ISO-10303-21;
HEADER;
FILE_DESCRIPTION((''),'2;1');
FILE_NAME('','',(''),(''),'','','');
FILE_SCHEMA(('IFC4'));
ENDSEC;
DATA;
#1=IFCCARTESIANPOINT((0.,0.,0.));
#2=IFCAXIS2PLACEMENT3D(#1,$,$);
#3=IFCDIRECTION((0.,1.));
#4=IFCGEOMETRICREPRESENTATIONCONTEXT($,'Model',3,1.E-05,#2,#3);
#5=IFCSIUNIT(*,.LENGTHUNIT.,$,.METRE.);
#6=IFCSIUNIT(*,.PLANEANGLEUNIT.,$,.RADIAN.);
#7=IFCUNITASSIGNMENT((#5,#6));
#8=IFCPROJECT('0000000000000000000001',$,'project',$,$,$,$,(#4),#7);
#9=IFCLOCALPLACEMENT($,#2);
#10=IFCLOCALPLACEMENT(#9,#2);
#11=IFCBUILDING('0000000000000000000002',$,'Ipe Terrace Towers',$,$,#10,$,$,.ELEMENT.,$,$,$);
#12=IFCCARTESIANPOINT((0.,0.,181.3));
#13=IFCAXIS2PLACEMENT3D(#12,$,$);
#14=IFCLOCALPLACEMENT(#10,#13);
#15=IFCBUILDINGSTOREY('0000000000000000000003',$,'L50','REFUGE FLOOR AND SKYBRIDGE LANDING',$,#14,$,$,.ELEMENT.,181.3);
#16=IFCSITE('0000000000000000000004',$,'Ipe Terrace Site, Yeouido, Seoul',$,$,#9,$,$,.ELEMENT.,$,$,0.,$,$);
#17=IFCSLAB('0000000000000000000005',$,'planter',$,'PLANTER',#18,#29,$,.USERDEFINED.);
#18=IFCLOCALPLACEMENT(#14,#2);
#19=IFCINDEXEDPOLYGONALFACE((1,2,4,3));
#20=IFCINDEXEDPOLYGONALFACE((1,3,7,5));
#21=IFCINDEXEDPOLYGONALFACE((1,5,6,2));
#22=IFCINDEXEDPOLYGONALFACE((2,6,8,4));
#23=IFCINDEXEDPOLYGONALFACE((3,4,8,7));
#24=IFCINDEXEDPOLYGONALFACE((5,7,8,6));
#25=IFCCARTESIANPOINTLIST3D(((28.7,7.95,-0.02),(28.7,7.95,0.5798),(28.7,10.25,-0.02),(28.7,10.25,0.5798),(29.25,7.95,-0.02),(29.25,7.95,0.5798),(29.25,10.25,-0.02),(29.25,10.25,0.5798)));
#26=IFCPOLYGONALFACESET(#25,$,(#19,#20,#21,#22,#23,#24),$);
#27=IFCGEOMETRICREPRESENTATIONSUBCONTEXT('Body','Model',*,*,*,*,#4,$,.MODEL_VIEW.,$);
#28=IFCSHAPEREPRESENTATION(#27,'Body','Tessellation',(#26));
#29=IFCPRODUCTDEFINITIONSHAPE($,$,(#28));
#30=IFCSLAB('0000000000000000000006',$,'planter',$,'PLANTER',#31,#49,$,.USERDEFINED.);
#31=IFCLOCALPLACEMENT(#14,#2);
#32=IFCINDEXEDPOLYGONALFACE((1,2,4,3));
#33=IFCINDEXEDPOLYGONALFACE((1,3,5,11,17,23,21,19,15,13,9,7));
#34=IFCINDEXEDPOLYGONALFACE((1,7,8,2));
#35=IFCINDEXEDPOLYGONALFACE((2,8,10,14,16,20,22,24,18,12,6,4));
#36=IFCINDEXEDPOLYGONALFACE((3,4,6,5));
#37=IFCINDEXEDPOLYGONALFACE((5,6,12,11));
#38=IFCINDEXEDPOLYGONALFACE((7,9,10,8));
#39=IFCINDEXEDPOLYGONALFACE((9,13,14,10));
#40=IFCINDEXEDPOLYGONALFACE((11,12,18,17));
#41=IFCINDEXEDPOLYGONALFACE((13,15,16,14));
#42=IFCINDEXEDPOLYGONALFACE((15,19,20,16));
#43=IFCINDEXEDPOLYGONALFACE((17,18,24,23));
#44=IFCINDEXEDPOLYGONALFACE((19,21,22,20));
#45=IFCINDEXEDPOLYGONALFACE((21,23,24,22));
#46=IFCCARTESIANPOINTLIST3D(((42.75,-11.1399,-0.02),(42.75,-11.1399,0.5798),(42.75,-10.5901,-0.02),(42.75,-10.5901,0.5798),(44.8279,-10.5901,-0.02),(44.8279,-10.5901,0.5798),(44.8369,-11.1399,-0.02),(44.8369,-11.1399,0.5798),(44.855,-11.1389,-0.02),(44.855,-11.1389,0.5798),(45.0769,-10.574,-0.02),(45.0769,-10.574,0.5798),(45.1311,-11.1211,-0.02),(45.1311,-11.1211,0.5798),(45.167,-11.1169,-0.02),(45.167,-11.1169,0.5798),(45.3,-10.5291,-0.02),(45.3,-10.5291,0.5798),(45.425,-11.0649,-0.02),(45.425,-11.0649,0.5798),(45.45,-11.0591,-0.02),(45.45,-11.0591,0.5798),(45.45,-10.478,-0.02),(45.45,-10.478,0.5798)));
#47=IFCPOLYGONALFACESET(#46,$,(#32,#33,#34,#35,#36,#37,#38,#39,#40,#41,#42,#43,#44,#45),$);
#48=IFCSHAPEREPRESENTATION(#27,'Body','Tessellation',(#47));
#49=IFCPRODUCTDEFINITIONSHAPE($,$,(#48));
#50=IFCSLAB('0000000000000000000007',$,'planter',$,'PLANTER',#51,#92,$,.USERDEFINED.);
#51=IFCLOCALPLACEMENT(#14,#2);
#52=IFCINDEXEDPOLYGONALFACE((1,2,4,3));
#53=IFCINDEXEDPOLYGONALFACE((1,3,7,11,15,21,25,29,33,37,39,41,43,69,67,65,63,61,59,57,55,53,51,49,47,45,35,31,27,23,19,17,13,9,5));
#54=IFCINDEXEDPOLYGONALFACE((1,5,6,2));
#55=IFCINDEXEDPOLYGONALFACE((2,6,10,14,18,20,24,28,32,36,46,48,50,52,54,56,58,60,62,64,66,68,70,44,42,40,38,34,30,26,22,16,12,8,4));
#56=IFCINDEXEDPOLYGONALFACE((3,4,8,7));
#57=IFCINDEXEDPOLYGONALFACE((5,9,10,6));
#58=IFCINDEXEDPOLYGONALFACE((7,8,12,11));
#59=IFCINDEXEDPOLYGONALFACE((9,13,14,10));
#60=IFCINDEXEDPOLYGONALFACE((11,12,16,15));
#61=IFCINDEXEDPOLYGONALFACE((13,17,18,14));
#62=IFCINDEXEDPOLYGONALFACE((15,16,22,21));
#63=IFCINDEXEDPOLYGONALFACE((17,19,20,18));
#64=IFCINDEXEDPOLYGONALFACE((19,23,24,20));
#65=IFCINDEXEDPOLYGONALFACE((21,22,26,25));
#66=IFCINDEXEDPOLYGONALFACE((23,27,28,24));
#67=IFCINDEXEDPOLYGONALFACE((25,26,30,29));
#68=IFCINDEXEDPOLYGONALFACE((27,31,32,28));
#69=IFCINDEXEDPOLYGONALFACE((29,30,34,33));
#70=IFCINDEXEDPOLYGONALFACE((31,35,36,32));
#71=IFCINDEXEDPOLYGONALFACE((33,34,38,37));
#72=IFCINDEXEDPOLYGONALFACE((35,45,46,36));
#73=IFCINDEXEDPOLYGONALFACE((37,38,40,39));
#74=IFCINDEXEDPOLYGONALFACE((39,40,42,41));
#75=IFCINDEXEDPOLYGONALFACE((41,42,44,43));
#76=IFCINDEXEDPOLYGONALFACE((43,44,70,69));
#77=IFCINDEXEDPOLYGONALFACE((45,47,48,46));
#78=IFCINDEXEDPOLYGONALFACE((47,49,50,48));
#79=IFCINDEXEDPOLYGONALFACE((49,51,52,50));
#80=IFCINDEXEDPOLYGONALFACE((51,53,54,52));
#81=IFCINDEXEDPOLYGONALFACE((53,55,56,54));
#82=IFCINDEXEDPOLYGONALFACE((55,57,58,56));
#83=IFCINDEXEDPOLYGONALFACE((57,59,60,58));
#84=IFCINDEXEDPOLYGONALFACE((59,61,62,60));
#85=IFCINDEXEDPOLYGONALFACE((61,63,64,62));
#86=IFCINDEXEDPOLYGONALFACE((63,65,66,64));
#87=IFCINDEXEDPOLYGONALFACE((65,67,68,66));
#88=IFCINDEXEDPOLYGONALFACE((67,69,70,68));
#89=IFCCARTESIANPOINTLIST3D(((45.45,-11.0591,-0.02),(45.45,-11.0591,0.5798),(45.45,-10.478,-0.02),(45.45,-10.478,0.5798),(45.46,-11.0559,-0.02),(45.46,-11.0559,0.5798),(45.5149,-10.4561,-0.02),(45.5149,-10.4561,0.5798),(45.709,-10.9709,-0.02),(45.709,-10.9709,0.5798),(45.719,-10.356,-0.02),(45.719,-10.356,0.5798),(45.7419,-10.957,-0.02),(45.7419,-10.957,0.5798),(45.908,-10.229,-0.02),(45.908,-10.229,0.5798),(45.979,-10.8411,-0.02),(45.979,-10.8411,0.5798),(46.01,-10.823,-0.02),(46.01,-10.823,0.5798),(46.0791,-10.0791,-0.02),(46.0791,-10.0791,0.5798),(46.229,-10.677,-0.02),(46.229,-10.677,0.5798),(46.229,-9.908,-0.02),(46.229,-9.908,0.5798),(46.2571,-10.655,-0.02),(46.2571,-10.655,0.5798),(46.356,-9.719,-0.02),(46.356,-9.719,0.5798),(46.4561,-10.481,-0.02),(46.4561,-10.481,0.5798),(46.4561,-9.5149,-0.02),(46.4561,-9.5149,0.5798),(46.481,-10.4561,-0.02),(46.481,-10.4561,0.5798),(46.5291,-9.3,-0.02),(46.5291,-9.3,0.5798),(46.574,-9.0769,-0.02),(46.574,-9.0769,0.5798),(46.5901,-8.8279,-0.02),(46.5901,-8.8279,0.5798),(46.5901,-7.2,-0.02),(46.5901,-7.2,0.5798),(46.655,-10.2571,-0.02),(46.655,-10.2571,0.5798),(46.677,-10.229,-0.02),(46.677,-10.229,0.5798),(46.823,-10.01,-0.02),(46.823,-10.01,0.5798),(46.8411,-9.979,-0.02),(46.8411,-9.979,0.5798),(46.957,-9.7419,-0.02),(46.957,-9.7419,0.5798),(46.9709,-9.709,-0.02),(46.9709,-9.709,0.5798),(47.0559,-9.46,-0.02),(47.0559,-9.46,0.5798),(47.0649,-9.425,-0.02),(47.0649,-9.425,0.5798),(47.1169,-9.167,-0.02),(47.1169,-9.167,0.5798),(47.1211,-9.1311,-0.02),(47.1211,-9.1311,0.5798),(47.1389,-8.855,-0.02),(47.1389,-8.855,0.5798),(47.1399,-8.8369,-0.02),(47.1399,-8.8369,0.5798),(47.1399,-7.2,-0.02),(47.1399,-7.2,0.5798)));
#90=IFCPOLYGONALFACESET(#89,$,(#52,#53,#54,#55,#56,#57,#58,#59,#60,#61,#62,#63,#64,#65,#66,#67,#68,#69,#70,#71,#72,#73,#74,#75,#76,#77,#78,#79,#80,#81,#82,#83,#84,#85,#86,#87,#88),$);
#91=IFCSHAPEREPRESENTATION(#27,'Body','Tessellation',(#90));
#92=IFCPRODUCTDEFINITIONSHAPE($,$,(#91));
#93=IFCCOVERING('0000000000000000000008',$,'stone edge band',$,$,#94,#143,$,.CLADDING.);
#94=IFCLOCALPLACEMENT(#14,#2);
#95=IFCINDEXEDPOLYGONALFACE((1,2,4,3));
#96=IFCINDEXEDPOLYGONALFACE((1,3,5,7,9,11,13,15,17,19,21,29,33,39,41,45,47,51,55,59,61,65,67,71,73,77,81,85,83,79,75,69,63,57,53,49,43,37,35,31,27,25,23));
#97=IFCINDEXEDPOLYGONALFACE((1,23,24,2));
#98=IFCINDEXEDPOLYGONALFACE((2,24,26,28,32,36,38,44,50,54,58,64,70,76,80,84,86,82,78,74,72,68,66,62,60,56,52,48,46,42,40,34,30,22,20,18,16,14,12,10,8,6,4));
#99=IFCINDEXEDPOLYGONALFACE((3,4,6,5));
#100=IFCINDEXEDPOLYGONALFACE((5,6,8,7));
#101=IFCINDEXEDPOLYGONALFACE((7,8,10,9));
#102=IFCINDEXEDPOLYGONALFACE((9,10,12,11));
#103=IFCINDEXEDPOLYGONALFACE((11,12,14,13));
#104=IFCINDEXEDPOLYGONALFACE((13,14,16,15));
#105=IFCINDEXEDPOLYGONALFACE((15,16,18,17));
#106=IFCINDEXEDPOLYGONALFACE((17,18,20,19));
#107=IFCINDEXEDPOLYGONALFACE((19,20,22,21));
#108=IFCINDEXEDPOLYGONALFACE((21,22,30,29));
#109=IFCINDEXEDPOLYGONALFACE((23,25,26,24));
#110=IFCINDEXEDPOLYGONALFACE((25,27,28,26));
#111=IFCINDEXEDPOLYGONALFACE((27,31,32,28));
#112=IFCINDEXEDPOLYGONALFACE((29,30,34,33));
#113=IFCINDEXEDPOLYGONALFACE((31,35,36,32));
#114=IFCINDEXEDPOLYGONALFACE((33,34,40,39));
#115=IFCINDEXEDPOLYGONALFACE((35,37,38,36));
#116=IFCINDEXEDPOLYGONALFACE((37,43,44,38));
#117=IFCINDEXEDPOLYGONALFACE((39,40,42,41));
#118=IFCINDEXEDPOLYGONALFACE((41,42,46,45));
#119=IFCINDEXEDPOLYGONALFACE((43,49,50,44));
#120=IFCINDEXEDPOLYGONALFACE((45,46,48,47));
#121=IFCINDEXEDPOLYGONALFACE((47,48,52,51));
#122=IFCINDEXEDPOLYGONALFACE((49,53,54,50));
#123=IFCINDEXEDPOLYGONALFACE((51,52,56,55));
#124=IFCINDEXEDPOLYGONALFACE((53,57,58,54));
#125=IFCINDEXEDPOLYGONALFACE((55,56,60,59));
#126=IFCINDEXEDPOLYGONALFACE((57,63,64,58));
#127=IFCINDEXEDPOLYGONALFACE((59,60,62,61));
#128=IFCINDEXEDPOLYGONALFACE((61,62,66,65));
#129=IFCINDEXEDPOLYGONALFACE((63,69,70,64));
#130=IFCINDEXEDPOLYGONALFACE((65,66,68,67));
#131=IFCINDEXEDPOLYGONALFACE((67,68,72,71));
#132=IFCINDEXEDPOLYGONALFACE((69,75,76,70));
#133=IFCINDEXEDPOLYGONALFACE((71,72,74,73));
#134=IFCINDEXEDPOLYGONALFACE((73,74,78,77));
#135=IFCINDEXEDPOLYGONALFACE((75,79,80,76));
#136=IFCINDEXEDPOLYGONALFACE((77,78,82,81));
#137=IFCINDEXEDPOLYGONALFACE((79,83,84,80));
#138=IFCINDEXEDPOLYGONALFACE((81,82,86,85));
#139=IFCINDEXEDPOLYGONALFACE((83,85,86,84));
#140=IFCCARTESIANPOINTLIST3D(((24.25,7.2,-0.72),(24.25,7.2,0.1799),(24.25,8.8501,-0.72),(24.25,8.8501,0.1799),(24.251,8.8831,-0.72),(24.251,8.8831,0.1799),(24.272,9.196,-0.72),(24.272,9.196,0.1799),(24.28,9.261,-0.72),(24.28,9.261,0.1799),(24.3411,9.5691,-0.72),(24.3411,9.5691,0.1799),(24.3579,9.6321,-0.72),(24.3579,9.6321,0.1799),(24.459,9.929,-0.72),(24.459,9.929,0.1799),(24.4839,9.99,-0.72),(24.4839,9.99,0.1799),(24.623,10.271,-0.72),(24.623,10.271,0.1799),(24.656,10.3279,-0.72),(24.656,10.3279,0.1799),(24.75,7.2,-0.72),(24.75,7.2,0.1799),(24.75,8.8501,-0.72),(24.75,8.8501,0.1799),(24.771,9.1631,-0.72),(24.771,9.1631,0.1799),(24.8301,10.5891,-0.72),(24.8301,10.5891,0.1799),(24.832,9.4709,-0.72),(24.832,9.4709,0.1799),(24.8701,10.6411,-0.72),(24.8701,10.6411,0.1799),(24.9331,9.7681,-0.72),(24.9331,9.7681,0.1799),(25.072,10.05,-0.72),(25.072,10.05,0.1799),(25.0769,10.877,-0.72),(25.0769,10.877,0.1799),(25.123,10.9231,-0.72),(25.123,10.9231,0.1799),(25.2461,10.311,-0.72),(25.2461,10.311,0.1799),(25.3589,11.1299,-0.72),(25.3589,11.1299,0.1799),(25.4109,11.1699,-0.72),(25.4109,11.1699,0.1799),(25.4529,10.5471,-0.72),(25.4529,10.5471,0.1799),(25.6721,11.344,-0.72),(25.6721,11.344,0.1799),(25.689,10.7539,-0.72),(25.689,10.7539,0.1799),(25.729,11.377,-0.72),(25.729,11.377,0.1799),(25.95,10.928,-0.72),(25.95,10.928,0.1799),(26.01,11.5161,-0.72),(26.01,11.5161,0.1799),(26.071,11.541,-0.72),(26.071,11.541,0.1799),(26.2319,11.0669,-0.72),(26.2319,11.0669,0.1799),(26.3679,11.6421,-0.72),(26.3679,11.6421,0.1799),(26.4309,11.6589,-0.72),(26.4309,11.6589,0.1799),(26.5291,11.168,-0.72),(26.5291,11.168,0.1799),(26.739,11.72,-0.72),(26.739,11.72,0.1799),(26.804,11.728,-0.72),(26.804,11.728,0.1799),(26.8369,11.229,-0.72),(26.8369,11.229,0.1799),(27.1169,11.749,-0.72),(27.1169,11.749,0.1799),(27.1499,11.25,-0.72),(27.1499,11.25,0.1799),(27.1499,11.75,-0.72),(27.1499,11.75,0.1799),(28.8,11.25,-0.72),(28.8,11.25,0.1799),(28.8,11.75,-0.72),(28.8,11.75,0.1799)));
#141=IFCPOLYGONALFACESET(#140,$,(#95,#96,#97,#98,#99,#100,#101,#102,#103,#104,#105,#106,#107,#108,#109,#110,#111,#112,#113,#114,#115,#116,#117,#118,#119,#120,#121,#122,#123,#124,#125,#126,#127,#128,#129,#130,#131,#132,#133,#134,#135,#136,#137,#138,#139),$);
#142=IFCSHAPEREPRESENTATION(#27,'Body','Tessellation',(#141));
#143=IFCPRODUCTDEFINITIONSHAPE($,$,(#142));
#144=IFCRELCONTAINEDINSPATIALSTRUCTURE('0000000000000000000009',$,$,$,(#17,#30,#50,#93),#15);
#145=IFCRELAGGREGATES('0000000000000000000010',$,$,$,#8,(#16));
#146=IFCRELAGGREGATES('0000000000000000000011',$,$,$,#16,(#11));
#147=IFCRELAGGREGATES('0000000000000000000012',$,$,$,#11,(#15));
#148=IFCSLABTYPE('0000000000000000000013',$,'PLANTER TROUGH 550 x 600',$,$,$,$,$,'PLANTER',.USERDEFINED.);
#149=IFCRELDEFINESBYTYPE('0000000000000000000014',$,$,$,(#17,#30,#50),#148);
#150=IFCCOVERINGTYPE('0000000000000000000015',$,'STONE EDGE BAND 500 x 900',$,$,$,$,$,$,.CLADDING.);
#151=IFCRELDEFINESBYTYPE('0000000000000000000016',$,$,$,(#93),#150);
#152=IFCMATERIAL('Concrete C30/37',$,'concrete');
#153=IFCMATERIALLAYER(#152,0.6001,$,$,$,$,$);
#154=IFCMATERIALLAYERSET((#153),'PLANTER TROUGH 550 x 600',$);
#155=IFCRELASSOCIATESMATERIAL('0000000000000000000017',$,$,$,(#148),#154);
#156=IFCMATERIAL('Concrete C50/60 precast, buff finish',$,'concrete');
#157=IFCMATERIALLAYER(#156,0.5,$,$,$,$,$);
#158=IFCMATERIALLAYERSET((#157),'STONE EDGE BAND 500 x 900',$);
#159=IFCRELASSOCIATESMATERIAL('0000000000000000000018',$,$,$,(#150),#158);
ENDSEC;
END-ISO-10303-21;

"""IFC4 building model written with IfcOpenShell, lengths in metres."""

from ifc_helpers import new_model, si_unit, direction, frame, origin, place, context, subcontext, project, spatial, polyline, outline, extrude, material, layer, layer_set, type_object, element, save


model = new_model("IFC4")

# Units and contexts
model_context = context("Model", 3, precision=1e-05, world=origin(), true_north=direction((0.0, 1.0)))
body_context = subcontext(model_context, "Body", "Model", "MODEL_VIEW")
ifc_project = project(units=[si_unit("LENGTHUNIT", "METRE"), si_unit("PLANEANGLEUNIT", "RADIAN")], contexts=[model_context])

# Site, building, storey
site_placement = place(None, origin())
site = spatial("IfcSite", under=ifc_project, at=site_placement, Name="Ipe Terrace Site, Yeouido, Seoul", CompositionType="ELEMENT", RefElevation=0.0)
building_placement = place(site_placement, origin())
building = spatial("IfcBuilding", under=site, at=building_placement, Name="Ipe Terrace Towers", CompositionType="ELEMENT")
storey_placement = place(building_placement, frame((0.0, 0.0, 181.3)))
storey = spatial("IfcBuildingStorey", under=building, at=storey_placement, Name="L50", Description="REFUGE FLOOR AND SKYBRIDGE LANDING", CompositionType="ELEMENT", Elevation=181.3)

# Slabs
ifc_material_1 = material(Name="Concrete C30/37", Category="concrete")
ifc_layer_1 = layer(ifc_material_1, 0.6001)
ifc_layer_set_1 = layer_set([ifc_layer_1], Name="PLANTER TROUGH 550 x 600")
slab_type_1 = type_object("IfcSlabType", Name="PLANTER TROUGH 550 x 600", ElementType="PLANTER", PredefinedType="USERDEFINED", material=ifc_layer_set_1)
slab_1_placement = place(storey_placement, frame((0.0, 0.0, -0.02)))
element("IfcSlab", 1, at=slab_1_placement, inside=storey, type_object=slab_type_1, Name="planter", ObjectType="PLANTER", PredefinedType="USERDEFINED", context=body_context, shape_type="SweptSolid", body=[
    extrude(outline(polyline([(29.25, 7.95), (29.25, 10.25), (28.7, 10.25), (28.7, 7.95), (29.25, 7.95)])), origin(), (0.0, 0.0, 1.0), 0.5999),
])
slab_2_placement = place(storey_placement, frame((0.0, 0.0, -0.02)))
element("IfcSlab", 2, at=slab_2_placement, inside=storey, type_object=slab_type_1, Name="planter", ObjectType="PLANTER", PredefinedType="USERDEFINED", context=body_context, shape_type="SweptSolid", body=[
    extrude(outline(polyline([(45.3, -10.5291), (45.0769, -10.574), (44.8279, -10.5901), (42.75, -10.5901), (42.75, -11.1399), (44.8369, -11.1399), (44.855, -11.1389), (45.1311, -11.1211), (45.167, -11.1169), (45.425, -11.0649), (45.45, -11.0591), (45.45, -10.478), (45.3, -10.5291)])), origin(), (0.0, 0.0, 1.0), 0.5999),
])
slab_3_placement = place(storey_placement, frame((0.0, 0.0, -0.02)))
element("IfcSlab", 3, at=slab_3_placement, inside=storey, type_object=slab_type_1, Name="planter", ObjectType="PLANTER", PredefinedType="USERDEFINED", context=body_context, shape_type="SweptSolid", body=[
    extrude(outline(polyline([(45.5149, -10.4561), (45.45, -10.478), (45.45, -11.0591), (45.46, -11.0559), (45.709, -10.9709), (45.7419, -10.957), (45.979, -10.8411), (46.01, -10.823), (46.229, -10.677), (46.2571, -10.655), (46.4561, -10.481), (46.481, -10.4561), (46.655, -10.2571), (46.677, -10.229), (46.823, -10.01), (46.8411, -9.979), (46.957, -9.7419), (46.9709, -9.709), (47.0559, -9.46), (47.0649, -9.425), (47.1169, -9.167), (47.1211, -9.1311), (47.1389, -8.855), (47.1399, -8.8369), (47.1399, -7.2), (46.5901, -7.2), (46.5901, -8.8279), (46.574, -9.0769), (46.5291, -9.3), (46.4561, -9.5149), (46.356, -9.719), (46.229, -9.908), (46.0791, -10.0791), (45.908, -10.229), (45.719, -10.356), (45.5149, -10.4561)])), origin(), (0.0, 0.0, 1.0), 0.5999),
])

# Covering
ifc_material_2 = material(Name="Concrete C50/60 precast, buff finish", Category="concrete")
ifc_layer_2 = layer(ifc_material_2, 0.5)
ifc_layer_set_2 = layer_set([ifc_layer_2], Name="STONE EDGE BAND 500 x 900")
covering_type = type_object("IfcCoveringType", Name="STONE EDGE BAND 500 x 900", PredefinedType="CLADDING", material=ifc_layer_set_2)
covering_1_placement = place(storey_placement, frame((0.0, 0.0, -0.72)))
element("IfcCovering", 4, at=covering_1_placement, inside=storey, type_object=covering_type, Name="stone edge band", PredefinedType="CLADDING", context=body_context, shape_type="SweptSolid", body=[
    extrude(outline(polyline([(24.25, 8.8501), (24.25, 7.2), (24.75, 7.2), (24.75, 8.8501), (24.771, 9.1631), (24.832, 9.4709), (24.9331, 9.7681), (25.072, 10.05), (25.2461, 10.311), (25.4529, 10.5471), (25.689, 10.7539), (25.95, 10.928), (26.2319, 11.0669), (26.5291, 11.168), (26.8369, 11.229), (27.1499, 11.25), (28.8, 11.25), (28.8, 11.75), (27.1499, 11.75), (27.1169, 11.749), (26.804, 11.728), (26.739, 11.72), (26.4309, 11.6589), (26.3679, 11.6421), (26.071, 11.541), (26.01, 11.5161), (25.729, 11.377), (25.6721, 11.344), (25.4109, 11.1699), (25.3589, 11.1299), (25.123, 10.9231), (25.0769, 10.877), (24.8701, 10.6411), (24.8301, 10.5891), (24.656, 10.3279), (24.623, 10.271), (24.4839, 9.99), (24.459, 9.929), (24.3579, 9.6321), (24.3411, 9.5691), (24.28, 9.261), (24.272, 9.196), (24.251, 8.8831), (24.25, 8.8501)])), origin(), (0.0, 0.0, 1.0), 0.8999),
])

save(model, "model.ifc")
